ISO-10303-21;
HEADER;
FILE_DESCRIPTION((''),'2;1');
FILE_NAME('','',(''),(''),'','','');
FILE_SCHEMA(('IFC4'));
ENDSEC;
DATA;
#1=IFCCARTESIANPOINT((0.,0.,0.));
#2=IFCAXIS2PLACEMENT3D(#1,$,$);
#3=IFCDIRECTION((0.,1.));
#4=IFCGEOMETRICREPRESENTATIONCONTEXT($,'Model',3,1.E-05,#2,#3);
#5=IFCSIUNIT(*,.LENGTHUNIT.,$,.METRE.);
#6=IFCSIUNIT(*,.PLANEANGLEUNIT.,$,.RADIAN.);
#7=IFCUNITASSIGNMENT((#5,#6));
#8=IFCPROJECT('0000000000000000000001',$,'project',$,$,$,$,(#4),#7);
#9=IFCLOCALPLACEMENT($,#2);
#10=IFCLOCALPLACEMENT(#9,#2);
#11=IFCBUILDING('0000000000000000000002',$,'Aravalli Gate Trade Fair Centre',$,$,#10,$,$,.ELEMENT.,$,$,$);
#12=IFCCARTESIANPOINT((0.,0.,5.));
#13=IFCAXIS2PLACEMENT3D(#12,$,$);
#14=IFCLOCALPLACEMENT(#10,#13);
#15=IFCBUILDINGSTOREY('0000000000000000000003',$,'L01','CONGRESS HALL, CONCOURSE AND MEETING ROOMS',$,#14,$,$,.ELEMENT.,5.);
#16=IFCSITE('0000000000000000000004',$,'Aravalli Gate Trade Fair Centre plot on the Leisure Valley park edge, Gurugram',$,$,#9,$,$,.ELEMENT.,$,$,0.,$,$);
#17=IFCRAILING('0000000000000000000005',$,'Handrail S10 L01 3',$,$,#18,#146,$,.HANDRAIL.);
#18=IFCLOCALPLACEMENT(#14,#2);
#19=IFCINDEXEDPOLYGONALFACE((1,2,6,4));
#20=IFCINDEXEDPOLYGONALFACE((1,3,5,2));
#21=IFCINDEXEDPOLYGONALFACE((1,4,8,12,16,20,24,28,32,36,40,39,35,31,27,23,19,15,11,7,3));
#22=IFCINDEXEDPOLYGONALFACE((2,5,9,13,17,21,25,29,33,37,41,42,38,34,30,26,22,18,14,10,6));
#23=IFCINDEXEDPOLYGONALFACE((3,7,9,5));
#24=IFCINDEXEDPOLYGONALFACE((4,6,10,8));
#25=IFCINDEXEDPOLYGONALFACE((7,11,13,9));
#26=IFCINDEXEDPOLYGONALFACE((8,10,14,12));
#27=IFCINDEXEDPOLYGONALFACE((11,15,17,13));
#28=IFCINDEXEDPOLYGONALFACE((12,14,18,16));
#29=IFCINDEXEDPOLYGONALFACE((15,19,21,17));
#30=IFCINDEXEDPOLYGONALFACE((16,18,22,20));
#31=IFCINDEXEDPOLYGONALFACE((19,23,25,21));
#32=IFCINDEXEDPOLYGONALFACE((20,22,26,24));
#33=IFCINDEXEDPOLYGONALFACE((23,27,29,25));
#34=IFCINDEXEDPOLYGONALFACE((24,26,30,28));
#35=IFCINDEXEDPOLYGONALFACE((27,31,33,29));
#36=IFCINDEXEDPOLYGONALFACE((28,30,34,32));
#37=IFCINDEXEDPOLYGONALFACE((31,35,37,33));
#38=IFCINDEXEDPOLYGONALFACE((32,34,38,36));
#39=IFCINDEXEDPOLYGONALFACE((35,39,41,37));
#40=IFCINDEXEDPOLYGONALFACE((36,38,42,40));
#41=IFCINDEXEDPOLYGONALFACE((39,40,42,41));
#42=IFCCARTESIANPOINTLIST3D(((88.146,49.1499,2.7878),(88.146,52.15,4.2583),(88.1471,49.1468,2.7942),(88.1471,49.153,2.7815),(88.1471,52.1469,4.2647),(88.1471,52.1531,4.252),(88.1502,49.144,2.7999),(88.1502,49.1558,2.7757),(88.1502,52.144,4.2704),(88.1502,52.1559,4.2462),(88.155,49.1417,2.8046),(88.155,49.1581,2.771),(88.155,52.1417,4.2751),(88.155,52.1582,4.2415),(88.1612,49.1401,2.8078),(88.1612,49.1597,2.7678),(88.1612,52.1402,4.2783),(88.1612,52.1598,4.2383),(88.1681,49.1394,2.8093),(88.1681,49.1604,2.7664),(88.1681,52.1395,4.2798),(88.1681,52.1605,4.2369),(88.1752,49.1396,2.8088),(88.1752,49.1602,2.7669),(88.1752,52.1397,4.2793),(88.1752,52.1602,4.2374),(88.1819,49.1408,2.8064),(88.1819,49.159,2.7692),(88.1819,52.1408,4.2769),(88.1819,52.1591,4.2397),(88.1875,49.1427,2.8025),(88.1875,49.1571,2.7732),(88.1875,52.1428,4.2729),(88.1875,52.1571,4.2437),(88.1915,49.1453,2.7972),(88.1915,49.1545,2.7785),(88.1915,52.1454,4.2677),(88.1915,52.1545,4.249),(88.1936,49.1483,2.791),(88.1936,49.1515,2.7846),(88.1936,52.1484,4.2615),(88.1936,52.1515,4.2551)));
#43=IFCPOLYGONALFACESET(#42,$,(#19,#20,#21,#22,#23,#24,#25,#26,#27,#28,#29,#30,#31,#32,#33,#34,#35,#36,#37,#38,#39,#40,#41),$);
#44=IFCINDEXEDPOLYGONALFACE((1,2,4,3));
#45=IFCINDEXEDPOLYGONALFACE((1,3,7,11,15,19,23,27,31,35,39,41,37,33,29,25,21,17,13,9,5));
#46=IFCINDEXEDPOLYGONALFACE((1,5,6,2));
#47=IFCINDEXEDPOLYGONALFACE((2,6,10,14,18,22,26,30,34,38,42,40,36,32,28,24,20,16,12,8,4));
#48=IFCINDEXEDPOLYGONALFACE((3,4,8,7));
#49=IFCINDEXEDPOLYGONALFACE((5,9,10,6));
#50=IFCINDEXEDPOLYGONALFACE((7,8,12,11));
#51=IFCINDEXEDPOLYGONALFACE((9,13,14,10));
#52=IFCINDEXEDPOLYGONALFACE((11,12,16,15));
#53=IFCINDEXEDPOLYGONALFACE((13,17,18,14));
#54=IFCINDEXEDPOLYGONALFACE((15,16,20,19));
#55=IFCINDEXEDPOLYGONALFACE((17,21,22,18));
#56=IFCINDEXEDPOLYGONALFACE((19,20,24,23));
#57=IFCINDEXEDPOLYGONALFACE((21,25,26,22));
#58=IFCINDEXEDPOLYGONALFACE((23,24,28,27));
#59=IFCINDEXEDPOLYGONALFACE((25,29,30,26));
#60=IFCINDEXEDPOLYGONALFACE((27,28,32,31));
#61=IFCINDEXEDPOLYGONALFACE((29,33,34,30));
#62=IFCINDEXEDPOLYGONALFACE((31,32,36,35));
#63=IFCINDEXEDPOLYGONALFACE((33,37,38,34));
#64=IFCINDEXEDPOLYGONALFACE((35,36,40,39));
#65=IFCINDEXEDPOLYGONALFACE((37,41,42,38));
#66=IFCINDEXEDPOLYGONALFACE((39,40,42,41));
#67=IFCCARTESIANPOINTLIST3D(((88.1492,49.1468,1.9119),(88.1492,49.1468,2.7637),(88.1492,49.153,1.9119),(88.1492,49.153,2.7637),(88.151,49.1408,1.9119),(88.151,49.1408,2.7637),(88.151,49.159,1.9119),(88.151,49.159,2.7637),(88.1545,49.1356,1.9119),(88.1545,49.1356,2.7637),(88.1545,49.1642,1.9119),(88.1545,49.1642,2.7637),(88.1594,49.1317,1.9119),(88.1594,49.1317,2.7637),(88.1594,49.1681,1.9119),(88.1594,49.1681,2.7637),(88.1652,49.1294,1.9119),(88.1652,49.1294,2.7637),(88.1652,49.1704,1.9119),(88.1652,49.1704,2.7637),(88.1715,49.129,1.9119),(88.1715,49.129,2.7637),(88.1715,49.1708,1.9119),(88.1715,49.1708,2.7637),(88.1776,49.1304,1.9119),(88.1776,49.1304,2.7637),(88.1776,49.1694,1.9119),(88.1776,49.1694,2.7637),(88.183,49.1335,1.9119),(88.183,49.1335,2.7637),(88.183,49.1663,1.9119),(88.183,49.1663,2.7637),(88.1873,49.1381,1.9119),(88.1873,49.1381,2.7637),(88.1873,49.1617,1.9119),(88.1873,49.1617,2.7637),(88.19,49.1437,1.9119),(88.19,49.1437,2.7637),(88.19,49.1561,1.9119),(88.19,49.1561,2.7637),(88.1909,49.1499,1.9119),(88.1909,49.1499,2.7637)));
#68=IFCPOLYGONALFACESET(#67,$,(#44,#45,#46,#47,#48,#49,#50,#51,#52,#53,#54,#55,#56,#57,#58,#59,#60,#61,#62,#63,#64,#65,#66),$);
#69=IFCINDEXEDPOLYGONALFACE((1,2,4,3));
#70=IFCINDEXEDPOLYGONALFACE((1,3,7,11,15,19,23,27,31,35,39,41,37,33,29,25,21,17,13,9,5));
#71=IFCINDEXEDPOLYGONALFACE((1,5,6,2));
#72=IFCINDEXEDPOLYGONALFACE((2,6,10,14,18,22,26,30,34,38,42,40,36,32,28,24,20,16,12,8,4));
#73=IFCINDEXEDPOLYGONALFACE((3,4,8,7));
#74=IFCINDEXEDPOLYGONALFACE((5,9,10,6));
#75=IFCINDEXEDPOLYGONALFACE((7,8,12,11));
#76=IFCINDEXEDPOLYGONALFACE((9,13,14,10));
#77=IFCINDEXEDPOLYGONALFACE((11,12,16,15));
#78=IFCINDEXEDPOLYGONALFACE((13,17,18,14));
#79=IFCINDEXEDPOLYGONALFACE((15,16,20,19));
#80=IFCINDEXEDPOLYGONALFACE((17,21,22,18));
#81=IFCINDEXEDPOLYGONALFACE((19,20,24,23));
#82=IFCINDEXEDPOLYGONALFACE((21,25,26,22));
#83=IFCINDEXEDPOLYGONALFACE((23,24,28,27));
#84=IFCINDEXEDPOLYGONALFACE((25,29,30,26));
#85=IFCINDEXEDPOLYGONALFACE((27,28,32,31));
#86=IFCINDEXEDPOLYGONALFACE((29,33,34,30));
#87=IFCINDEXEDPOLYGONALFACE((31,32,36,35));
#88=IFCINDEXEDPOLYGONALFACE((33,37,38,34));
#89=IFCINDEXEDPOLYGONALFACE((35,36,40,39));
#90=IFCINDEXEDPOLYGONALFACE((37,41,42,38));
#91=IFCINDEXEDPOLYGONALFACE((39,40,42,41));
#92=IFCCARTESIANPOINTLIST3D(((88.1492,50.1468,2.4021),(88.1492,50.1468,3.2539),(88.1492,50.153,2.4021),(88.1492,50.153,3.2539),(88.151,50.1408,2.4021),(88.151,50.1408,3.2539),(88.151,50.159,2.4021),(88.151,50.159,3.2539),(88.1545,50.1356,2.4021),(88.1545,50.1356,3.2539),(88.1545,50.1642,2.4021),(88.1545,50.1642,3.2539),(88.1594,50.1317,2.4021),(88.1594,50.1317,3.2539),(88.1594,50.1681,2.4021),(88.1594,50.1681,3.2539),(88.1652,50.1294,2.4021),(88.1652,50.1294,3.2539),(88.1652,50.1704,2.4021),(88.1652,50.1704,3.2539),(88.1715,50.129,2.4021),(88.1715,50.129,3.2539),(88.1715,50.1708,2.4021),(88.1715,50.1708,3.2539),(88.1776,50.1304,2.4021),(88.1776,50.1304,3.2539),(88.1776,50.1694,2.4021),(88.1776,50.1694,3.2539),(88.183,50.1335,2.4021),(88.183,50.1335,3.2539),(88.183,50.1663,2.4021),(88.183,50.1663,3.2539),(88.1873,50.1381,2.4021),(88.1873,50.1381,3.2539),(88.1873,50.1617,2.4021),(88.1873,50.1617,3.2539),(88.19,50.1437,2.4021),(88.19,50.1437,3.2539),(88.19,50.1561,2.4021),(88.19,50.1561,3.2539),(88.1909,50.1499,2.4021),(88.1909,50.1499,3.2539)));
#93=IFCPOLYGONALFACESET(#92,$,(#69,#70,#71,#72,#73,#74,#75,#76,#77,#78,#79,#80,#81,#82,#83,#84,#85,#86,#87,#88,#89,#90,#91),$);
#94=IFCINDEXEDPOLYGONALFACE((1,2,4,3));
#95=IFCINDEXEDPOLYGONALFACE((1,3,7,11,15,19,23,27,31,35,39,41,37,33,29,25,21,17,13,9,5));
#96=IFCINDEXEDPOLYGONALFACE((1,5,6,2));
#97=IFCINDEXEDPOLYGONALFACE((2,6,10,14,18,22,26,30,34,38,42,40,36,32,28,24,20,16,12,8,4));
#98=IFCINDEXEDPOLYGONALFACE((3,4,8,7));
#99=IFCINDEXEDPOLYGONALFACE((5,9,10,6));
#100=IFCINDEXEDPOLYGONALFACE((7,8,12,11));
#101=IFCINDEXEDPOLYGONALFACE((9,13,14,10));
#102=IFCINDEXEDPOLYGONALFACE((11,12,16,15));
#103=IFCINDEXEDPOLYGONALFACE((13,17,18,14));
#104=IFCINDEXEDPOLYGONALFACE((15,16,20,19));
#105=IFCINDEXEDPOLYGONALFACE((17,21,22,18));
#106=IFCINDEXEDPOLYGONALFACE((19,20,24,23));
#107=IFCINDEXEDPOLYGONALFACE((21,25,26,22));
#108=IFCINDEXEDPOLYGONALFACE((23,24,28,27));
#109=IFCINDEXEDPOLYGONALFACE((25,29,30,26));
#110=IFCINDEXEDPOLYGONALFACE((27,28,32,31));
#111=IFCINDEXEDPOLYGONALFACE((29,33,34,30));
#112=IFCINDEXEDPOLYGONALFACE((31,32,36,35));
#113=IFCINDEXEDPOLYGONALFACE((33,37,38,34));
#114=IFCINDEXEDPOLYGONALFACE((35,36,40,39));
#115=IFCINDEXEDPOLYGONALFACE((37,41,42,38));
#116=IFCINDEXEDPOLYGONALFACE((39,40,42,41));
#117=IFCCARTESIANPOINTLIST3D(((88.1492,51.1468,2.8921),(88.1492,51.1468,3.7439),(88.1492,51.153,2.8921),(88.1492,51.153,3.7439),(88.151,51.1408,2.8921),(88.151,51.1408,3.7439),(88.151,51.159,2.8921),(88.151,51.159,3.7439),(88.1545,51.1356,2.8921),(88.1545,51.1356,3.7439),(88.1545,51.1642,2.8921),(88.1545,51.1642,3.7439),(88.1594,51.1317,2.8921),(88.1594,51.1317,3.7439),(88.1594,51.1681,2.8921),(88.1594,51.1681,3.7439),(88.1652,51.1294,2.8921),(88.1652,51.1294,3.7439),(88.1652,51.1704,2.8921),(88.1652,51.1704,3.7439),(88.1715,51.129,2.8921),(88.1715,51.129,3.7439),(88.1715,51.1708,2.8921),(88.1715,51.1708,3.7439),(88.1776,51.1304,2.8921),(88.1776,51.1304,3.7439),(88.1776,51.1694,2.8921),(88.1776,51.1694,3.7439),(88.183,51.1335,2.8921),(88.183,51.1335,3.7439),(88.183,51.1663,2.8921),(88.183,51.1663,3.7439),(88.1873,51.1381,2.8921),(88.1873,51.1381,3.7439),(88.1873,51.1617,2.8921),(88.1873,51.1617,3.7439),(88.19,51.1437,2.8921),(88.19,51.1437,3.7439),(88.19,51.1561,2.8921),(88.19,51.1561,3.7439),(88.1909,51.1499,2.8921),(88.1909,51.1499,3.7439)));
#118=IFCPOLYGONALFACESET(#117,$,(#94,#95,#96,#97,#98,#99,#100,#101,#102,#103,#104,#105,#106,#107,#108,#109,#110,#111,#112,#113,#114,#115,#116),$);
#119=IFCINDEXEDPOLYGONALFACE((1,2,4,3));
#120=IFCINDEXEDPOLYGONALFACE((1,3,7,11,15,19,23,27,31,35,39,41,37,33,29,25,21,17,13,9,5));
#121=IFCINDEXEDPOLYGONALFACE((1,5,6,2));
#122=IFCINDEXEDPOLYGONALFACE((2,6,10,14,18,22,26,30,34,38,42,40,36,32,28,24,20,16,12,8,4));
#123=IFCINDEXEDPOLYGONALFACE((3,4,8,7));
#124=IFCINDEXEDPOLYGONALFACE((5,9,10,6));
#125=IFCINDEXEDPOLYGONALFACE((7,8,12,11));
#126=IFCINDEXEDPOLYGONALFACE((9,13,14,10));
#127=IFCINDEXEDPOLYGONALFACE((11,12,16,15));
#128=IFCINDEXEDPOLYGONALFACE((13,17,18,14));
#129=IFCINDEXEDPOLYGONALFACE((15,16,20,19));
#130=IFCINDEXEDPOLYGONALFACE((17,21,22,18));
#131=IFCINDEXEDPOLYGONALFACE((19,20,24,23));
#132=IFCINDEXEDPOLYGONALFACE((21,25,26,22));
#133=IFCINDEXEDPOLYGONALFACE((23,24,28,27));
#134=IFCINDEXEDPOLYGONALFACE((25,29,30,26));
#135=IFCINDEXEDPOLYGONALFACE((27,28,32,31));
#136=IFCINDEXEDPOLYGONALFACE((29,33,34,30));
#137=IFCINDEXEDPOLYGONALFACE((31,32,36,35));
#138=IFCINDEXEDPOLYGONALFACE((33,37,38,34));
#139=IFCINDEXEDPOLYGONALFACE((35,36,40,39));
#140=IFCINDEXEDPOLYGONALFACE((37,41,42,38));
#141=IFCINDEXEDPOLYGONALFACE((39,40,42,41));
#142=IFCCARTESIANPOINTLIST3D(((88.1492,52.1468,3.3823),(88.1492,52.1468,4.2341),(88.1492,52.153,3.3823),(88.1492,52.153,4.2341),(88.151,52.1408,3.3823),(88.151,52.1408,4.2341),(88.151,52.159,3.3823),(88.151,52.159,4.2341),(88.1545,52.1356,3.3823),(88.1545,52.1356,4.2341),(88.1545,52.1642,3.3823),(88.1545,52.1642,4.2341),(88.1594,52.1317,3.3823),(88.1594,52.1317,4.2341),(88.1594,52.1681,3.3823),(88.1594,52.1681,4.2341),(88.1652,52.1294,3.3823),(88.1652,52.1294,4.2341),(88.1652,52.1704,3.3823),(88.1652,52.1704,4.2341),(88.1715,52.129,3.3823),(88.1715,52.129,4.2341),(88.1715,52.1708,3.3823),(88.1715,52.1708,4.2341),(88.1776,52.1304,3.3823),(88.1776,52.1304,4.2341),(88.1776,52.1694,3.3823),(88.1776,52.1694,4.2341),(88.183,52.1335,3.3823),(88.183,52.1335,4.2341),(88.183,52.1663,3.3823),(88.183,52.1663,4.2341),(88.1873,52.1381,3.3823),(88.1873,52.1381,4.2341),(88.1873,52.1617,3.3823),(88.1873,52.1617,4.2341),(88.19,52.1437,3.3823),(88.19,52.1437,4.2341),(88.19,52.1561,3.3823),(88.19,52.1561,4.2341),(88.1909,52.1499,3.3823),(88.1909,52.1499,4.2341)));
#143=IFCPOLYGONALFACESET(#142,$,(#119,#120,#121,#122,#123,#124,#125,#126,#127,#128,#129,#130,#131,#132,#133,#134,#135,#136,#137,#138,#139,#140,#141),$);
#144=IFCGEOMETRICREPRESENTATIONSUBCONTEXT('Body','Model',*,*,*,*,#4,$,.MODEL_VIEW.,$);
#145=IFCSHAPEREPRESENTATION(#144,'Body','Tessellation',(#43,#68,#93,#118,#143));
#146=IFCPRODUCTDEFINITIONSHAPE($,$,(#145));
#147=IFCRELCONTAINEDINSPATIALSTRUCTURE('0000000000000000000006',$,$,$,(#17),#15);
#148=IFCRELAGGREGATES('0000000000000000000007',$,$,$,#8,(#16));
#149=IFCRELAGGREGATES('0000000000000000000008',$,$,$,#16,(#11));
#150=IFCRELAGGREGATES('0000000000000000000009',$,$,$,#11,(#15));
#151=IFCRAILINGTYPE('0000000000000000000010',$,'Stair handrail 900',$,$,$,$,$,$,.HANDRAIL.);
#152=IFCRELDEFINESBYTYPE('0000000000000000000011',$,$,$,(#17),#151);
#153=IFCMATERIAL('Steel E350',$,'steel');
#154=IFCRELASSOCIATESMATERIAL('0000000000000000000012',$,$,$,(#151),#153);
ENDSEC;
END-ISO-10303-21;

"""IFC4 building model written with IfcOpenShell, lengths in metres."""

from ifc_helpers import new_model, si_unit, direction, frame, origin, origin_2d, place, context, subcontext, project, spatial, circle, extrude, material, type_object, element, save


model = new_model("IFC4")

# Units and contexts
model_context = context("Model", 3, precision=1e-05, world=origin(), true_north=direction((0.0, 1.0)))
body_context = subcontext(model_context, "Body", "Model", "MODEL_VIEW")
ifc_project = project(units=[si_unit("LENGTHUNIT", "METRE"), si_unit("PLANEANGLEUNIT", "RADIAN")], contexts=[model_context])

# Site, building, storey
site_placement = place(None, origin())
site = spatial("IfcSite", under=ifc_project, at=site_placement, Name="Aravalli Gate Trade Fair Centre plot on the Leisure Valley park edge, Gurugram", CompositionType="ELEMENT", RefElevation=0.0)
building_placement = place(site_placement, origin())
building = spatial("IfcBuilding", under=site, at=building_placement, Name="Aravalli Gate Trade Fair Centre", CompositionType="ELEMENT")
storey_placement = place(building_placement, frame((0.0, 0.0, 5.0)))
storey = spatial("IfcBuildingStorey", under=building, at=storey_placement, Name="L01", Description="CONGRESS HALL, CONCOURSE AND MEETING ROOMS", CompositionType="ELEMENT", Elevation=5.0)

# Railing
ifc_material_1 = material(Name="Steel E350", Category="steel")
railing_type_1 = type_object("IfcRailingType", Name="Stair handrail 900", PredefinedType="HANDRAIL", material=ifc_material_1)
for number, where, name in (
    (1, (88.1699, 49.1499, 1.9119), "Handrail S10 L01 3"),
):
    element("IfcRailing", number, at=place(storey_placement, frame(where)), inside=storey, type_object=railing_type_1, Name=name, PredefinedType="HANDRAIL", context=body_context, shape_type="SweptSolid", body=[
        extrude(circle(Radius=0.0239, at=origin_2d()), frame((0.0, 0.0, 0.876), z_axis=(0.0, 0.897936, 0.440126), x_axis=(-1.0, 0.0, 0.0)), (0.0, 0.0, 1.0), 3.3411),
        extrude(circle(Radius=0.021, at=origin_2d()), origin(), (0.0, 0.0, 1.0), 0.8518),
        extrude(circle(Radius=0.021, at=origin_2d()), frame((0.0, 1.0, 0.4902)), (0.0, 0.0, 1.0), 0.8518),
        extrude(circle(Radius=0.021, at=origin_2d()), frame((0.0, 2.0, 0.9802)), (0.0, 0.0, 1.0), 0.8518),
        extrude(circle(Radius=0.021, at=origin_2d()), frame((0.0, 3.0, 1.4705)), (0.0, 0.0, 1.0), 0.8518),
    ])

save(model, "model.ifc")
